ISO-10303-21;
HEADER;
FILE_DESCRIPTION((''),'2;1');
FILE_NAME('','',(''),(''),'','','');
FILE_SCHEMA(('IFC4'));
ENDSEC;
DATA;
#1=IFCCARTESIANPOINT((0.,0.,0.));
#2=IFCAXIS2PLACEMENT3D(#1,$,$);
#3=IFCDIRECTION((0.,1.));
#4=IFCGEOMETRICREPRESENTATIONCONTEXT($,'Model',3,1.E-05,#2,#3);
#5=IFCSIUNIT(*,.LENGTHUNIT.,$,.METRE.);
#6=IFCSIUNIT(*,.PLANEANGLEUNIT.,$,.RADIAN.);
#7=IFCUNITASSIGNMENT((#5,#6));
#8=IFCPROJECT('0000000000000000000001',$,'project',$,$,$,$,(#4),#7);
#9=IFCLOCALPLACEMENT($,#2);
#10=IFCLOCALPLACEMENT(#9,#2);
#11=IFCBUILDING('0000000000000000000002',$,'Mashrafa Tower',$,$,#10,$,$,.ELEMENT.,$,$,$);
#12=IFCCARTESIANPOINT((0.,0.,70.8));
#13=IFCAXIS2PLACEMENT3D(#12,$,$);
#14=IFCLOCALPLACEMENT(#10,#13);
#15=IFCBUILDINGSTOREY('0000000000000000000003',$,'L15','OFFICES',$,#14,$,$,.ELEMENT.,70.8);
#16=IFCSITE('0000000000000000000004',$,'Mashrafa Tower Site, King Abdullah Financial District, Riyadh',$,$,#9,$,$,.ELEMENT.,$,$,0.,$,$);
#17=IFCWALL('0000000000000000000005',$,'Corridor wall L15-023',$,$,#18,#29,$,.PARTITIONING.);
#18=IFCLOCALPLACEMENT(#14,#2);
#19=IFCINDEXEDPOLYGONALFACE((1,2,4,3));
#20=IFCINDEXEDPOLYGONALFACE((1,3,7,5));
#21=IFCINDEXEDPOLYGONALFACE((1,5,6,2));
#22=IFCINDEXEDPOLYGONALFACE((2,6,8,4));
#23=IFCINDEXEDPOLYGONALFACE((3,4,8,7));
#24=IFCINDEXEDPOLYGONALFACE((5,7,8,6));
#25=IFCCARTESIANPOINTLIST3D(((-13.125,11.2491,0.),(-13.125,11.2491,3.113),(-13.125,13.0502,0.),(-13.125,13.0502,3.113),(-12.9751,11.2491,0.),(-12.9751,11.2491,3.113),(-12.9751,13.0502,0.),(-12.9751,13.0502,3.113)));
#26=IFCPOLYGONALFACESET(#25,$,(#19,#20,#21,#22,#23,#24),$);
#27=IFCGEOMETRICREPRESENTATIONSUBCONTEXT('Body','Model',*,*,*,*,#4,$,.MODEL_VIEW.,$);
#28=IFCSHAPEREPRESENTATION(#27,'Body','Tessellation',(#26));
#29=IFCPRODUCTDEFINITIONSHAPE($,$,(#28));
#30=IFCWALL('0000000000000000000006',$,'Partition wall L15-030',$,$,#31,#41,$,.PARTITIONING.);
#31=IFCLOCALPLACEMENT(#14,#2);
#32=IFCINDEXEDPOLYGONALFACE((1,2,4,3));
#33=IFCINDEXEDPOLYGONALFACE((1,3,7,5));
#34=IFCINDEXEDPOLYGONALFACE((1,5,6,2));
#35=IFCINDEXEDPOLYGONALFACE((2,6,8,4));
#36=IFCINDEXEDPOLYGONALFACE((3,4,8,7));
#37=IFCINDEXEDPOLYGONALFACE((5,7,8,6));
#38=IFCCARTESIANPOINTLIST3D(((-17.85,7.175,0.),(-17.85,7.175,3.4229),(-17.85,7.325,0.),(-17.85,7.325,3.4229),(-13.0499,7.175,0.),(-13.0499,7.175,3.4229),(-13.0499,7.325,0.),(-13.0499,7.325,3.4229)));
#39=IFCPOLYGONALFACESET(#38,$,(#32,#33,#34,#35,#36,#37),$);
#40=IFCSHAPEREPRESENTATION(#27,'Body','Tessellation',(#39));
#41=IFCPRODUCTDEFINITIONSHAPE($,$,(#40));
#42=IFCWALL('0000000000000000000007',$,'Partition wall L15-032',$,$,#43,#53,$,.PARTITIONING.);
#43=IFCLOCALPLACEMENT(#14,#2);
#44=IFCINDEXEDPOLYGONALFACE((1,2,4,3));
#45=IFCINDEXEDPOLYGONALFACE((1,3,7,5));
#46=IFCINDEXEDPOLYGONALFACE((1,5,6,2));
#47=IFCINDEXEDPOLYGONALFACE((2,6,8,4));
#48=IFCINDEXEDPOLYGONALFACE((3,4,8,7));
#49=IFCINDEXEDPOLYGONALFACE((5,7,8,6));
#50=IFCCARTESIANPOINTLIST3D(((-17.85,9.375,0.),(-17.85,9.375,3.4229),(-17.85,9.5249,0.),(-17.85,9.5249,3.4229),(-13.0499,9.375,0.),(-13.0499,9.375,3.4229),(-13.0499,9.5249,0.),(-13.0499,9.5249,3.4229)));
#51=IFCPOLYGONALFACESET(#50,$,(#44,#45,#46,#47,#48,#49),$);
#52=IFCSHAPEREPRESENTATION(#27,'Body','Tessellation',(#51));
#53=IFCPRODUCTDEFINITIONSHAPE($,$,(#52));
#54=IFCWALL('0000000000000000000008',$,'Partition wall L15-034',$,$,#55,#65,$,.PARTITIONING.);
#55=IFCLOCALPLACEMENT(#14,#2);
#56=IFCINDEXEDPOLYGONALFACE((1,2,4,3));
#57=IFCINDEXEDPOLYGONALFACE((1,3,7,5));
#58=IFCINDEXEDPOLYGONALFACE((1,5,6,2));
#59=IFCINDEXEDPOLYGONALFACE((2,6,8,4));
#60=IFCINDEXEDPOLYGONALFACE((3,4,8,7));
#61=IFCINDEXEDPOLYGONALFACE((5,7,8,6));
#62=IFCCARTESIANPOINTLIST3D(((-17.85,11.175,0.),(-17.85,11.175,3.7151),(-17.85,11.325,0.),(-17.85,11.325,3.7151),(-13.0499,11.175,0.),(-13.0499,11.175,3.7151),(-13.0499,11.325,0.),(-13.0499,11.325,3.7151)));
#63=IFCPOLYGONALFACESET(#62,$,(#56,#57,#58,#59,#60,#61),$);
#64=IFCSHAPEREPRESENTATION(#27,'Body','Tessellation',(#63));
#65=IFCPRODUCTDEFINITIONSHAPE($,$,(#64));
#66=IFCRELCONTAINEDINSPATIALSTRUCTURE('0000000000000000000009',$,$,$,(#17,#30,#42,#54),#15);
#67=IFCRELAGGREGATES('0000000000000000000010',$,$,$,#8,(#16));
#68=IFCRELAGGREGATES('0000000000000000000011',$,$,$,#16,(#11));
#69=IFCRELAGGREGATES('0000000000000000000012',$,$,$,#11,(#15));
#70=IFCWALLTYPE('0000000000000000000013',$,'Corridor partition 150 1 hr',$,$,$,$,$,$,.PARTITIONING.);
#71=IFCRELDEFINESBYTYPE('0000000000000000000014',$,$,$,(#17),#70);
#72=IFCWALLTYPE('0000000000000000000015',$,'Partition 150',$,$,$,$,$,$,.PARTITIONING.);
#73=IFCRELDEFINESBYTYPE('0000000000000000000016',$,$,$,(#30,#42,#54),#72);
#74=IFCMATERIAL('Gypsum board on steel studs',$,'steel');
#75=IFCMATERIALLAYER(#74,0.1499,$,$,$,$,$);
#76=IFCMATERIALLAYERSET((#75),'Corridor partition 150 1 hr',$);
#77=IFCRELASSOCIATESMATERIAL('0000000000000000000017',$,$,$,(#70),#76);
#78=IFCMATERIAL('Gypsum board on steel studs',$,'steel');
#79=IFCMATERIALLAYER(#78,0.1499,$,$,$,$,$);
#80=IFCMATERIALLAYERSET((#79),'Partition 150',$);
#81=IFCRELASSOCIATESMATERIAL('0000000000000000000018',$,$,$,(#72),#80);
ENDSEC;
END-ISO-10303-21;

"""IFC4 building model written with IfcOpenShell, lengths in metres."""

from ifc_helpers import new_model, si_unit, direction, frame, frame_2d, origin, place, context, subcontext, project, spatial, rectangle, extrude, material, layer, layer_set, type_object, element, save


model = new_model("IFC4")

# Units and contexts
model_context = context("Model", 3, precision=1e-05, world=origin(), true_north=direction((0.0, 1.0)))
body_context = subcontext(model_context, "Body", "Model", "MODEL_VIEW")
ifc_project = project(units=[si_unit("LENGTHUNIT", "METRE"), si_unit("PLANEANGLEUNIT", "RADIAN")], contexts=[model_context])

# Site, building, storey
site_placement = place(None, origin())
site = spatial("IfcSite", under=ifc_project, at=site_placement, Name="Mashrafa Tower Site, King Abdullah Financial District, Riyadh", CompositionType="ELEMENT", RefElevation=0.0)
building_placement = place(site_placement, origin())
building = spatial("IfcBuilding", under=site, at=building_placement, Name="Mashrafa Tower", CompositionType="ELEMENT")
storey_placement = place(building_placement, frame((0.0, 0.0, 70.8)))
storey = spatial("IfcBuildingStorey", under=building, at=storey_placement, Name="L15", Description="OFFICES", CompositionType="ELEMENT", Elevation=70.8)

# Shared definitions
ifc_material_1 = material(Name="Gypsum board on steel studs", Category="steel")
ifc_layer_1 = layer(ifc_material_1, 0.1499)
ifc_layer_set_1 = layer_set([ifc_layer_1], Name="Corridor partition 150 1 hr")
wall_type_1 = type_object("IfcWallType", Name="Corridor partition 150 1 hr", PredefinedType="PARTITIONING", material=ifc_layer_set_1)

# Walls
wall_1_placement = place(storey_placement, frame((-13.05, 13.05, 0.0), z_axis=(0.0, 0.0, 1.0), x_axis=(0.0, -1.0, 0.0)))
element("IfcWall", 1, at=wall_1_placement, inside=storey, type_object=wall_type_1, Name="Corridor wall L15-023", PredefinedType="PARTITIONING", context=body_context, shape_type="SweptSolid", body=[
    extrude(rectangle(XDim=1.801, YDim=0.1499, at=frame_2d((0.9004, 0.0))), origin(), (0.0, 0.0, 1.0), 3.113),
])
ifc_material_2 = material(Name="Gypsum board on steel studs", Category="steel")
ifc_layer_2 = layer(ifc_material_2, 0.1499)
ifc_layer_set_2 = layer_set([ifc_layer_2], Name="Partition 150")
wall_type_2 = type_object("IfcWallType", Name="Partition 150", PredefinedType="PARTITIONING", material=ifc_layer_set_2)
for number, where, z_axis, x_axis, name in (
    (2, (-13.05, 7.25, 0.0), (0.0, 0.0, 1.0), (-1.0, 0.0, 0.0), "Partition wall L15-030"),
    (3, (-13.05, 9.45, 0.0), (0.0, 0.0, 1.0), (-1.0, 0.0, 0.0), "Partition wall L15-032"),
):
    element("IfcWall", number, at=place(storey_placement, frame(where, z_axis=z_axis, x_axis=x_axis)), inside=storey, type_object=wall_type_2, Name=name, PredefinedType="PARTITIONING", context=body_context, shape_type="SweptSolid", body=[
        extrude(rectangle(XDim=4.8, YDim=0.1499, at=frame_2d((2.3999, 0.0))), origin(), (0.0, 0.0, 1.0), 3.4229),
    ])
wall_2_placement = place(storey_placement, frame((-13.05, 11.25, 0.0), z_axis=(0.0, 0.0, 1.0), x_axis=(-1.0, 0.0, 0.0)))
element("IfcWall", 4, at=wall_2_placement, inside=storey, type_object=wall_type_2, Name="Partition wall L15-034", PredefinedType="PARTITIONING", context=body_context, shape_type="SweptSolid", body=[
    extrude(rectangle(XDim=4.8, YDim=0.1499, at=frame_2d((2.3999, 0.0))), origin(), (0.0, 0.0, 1.0), 3.7151),
])

save(model, "model.ifc")
